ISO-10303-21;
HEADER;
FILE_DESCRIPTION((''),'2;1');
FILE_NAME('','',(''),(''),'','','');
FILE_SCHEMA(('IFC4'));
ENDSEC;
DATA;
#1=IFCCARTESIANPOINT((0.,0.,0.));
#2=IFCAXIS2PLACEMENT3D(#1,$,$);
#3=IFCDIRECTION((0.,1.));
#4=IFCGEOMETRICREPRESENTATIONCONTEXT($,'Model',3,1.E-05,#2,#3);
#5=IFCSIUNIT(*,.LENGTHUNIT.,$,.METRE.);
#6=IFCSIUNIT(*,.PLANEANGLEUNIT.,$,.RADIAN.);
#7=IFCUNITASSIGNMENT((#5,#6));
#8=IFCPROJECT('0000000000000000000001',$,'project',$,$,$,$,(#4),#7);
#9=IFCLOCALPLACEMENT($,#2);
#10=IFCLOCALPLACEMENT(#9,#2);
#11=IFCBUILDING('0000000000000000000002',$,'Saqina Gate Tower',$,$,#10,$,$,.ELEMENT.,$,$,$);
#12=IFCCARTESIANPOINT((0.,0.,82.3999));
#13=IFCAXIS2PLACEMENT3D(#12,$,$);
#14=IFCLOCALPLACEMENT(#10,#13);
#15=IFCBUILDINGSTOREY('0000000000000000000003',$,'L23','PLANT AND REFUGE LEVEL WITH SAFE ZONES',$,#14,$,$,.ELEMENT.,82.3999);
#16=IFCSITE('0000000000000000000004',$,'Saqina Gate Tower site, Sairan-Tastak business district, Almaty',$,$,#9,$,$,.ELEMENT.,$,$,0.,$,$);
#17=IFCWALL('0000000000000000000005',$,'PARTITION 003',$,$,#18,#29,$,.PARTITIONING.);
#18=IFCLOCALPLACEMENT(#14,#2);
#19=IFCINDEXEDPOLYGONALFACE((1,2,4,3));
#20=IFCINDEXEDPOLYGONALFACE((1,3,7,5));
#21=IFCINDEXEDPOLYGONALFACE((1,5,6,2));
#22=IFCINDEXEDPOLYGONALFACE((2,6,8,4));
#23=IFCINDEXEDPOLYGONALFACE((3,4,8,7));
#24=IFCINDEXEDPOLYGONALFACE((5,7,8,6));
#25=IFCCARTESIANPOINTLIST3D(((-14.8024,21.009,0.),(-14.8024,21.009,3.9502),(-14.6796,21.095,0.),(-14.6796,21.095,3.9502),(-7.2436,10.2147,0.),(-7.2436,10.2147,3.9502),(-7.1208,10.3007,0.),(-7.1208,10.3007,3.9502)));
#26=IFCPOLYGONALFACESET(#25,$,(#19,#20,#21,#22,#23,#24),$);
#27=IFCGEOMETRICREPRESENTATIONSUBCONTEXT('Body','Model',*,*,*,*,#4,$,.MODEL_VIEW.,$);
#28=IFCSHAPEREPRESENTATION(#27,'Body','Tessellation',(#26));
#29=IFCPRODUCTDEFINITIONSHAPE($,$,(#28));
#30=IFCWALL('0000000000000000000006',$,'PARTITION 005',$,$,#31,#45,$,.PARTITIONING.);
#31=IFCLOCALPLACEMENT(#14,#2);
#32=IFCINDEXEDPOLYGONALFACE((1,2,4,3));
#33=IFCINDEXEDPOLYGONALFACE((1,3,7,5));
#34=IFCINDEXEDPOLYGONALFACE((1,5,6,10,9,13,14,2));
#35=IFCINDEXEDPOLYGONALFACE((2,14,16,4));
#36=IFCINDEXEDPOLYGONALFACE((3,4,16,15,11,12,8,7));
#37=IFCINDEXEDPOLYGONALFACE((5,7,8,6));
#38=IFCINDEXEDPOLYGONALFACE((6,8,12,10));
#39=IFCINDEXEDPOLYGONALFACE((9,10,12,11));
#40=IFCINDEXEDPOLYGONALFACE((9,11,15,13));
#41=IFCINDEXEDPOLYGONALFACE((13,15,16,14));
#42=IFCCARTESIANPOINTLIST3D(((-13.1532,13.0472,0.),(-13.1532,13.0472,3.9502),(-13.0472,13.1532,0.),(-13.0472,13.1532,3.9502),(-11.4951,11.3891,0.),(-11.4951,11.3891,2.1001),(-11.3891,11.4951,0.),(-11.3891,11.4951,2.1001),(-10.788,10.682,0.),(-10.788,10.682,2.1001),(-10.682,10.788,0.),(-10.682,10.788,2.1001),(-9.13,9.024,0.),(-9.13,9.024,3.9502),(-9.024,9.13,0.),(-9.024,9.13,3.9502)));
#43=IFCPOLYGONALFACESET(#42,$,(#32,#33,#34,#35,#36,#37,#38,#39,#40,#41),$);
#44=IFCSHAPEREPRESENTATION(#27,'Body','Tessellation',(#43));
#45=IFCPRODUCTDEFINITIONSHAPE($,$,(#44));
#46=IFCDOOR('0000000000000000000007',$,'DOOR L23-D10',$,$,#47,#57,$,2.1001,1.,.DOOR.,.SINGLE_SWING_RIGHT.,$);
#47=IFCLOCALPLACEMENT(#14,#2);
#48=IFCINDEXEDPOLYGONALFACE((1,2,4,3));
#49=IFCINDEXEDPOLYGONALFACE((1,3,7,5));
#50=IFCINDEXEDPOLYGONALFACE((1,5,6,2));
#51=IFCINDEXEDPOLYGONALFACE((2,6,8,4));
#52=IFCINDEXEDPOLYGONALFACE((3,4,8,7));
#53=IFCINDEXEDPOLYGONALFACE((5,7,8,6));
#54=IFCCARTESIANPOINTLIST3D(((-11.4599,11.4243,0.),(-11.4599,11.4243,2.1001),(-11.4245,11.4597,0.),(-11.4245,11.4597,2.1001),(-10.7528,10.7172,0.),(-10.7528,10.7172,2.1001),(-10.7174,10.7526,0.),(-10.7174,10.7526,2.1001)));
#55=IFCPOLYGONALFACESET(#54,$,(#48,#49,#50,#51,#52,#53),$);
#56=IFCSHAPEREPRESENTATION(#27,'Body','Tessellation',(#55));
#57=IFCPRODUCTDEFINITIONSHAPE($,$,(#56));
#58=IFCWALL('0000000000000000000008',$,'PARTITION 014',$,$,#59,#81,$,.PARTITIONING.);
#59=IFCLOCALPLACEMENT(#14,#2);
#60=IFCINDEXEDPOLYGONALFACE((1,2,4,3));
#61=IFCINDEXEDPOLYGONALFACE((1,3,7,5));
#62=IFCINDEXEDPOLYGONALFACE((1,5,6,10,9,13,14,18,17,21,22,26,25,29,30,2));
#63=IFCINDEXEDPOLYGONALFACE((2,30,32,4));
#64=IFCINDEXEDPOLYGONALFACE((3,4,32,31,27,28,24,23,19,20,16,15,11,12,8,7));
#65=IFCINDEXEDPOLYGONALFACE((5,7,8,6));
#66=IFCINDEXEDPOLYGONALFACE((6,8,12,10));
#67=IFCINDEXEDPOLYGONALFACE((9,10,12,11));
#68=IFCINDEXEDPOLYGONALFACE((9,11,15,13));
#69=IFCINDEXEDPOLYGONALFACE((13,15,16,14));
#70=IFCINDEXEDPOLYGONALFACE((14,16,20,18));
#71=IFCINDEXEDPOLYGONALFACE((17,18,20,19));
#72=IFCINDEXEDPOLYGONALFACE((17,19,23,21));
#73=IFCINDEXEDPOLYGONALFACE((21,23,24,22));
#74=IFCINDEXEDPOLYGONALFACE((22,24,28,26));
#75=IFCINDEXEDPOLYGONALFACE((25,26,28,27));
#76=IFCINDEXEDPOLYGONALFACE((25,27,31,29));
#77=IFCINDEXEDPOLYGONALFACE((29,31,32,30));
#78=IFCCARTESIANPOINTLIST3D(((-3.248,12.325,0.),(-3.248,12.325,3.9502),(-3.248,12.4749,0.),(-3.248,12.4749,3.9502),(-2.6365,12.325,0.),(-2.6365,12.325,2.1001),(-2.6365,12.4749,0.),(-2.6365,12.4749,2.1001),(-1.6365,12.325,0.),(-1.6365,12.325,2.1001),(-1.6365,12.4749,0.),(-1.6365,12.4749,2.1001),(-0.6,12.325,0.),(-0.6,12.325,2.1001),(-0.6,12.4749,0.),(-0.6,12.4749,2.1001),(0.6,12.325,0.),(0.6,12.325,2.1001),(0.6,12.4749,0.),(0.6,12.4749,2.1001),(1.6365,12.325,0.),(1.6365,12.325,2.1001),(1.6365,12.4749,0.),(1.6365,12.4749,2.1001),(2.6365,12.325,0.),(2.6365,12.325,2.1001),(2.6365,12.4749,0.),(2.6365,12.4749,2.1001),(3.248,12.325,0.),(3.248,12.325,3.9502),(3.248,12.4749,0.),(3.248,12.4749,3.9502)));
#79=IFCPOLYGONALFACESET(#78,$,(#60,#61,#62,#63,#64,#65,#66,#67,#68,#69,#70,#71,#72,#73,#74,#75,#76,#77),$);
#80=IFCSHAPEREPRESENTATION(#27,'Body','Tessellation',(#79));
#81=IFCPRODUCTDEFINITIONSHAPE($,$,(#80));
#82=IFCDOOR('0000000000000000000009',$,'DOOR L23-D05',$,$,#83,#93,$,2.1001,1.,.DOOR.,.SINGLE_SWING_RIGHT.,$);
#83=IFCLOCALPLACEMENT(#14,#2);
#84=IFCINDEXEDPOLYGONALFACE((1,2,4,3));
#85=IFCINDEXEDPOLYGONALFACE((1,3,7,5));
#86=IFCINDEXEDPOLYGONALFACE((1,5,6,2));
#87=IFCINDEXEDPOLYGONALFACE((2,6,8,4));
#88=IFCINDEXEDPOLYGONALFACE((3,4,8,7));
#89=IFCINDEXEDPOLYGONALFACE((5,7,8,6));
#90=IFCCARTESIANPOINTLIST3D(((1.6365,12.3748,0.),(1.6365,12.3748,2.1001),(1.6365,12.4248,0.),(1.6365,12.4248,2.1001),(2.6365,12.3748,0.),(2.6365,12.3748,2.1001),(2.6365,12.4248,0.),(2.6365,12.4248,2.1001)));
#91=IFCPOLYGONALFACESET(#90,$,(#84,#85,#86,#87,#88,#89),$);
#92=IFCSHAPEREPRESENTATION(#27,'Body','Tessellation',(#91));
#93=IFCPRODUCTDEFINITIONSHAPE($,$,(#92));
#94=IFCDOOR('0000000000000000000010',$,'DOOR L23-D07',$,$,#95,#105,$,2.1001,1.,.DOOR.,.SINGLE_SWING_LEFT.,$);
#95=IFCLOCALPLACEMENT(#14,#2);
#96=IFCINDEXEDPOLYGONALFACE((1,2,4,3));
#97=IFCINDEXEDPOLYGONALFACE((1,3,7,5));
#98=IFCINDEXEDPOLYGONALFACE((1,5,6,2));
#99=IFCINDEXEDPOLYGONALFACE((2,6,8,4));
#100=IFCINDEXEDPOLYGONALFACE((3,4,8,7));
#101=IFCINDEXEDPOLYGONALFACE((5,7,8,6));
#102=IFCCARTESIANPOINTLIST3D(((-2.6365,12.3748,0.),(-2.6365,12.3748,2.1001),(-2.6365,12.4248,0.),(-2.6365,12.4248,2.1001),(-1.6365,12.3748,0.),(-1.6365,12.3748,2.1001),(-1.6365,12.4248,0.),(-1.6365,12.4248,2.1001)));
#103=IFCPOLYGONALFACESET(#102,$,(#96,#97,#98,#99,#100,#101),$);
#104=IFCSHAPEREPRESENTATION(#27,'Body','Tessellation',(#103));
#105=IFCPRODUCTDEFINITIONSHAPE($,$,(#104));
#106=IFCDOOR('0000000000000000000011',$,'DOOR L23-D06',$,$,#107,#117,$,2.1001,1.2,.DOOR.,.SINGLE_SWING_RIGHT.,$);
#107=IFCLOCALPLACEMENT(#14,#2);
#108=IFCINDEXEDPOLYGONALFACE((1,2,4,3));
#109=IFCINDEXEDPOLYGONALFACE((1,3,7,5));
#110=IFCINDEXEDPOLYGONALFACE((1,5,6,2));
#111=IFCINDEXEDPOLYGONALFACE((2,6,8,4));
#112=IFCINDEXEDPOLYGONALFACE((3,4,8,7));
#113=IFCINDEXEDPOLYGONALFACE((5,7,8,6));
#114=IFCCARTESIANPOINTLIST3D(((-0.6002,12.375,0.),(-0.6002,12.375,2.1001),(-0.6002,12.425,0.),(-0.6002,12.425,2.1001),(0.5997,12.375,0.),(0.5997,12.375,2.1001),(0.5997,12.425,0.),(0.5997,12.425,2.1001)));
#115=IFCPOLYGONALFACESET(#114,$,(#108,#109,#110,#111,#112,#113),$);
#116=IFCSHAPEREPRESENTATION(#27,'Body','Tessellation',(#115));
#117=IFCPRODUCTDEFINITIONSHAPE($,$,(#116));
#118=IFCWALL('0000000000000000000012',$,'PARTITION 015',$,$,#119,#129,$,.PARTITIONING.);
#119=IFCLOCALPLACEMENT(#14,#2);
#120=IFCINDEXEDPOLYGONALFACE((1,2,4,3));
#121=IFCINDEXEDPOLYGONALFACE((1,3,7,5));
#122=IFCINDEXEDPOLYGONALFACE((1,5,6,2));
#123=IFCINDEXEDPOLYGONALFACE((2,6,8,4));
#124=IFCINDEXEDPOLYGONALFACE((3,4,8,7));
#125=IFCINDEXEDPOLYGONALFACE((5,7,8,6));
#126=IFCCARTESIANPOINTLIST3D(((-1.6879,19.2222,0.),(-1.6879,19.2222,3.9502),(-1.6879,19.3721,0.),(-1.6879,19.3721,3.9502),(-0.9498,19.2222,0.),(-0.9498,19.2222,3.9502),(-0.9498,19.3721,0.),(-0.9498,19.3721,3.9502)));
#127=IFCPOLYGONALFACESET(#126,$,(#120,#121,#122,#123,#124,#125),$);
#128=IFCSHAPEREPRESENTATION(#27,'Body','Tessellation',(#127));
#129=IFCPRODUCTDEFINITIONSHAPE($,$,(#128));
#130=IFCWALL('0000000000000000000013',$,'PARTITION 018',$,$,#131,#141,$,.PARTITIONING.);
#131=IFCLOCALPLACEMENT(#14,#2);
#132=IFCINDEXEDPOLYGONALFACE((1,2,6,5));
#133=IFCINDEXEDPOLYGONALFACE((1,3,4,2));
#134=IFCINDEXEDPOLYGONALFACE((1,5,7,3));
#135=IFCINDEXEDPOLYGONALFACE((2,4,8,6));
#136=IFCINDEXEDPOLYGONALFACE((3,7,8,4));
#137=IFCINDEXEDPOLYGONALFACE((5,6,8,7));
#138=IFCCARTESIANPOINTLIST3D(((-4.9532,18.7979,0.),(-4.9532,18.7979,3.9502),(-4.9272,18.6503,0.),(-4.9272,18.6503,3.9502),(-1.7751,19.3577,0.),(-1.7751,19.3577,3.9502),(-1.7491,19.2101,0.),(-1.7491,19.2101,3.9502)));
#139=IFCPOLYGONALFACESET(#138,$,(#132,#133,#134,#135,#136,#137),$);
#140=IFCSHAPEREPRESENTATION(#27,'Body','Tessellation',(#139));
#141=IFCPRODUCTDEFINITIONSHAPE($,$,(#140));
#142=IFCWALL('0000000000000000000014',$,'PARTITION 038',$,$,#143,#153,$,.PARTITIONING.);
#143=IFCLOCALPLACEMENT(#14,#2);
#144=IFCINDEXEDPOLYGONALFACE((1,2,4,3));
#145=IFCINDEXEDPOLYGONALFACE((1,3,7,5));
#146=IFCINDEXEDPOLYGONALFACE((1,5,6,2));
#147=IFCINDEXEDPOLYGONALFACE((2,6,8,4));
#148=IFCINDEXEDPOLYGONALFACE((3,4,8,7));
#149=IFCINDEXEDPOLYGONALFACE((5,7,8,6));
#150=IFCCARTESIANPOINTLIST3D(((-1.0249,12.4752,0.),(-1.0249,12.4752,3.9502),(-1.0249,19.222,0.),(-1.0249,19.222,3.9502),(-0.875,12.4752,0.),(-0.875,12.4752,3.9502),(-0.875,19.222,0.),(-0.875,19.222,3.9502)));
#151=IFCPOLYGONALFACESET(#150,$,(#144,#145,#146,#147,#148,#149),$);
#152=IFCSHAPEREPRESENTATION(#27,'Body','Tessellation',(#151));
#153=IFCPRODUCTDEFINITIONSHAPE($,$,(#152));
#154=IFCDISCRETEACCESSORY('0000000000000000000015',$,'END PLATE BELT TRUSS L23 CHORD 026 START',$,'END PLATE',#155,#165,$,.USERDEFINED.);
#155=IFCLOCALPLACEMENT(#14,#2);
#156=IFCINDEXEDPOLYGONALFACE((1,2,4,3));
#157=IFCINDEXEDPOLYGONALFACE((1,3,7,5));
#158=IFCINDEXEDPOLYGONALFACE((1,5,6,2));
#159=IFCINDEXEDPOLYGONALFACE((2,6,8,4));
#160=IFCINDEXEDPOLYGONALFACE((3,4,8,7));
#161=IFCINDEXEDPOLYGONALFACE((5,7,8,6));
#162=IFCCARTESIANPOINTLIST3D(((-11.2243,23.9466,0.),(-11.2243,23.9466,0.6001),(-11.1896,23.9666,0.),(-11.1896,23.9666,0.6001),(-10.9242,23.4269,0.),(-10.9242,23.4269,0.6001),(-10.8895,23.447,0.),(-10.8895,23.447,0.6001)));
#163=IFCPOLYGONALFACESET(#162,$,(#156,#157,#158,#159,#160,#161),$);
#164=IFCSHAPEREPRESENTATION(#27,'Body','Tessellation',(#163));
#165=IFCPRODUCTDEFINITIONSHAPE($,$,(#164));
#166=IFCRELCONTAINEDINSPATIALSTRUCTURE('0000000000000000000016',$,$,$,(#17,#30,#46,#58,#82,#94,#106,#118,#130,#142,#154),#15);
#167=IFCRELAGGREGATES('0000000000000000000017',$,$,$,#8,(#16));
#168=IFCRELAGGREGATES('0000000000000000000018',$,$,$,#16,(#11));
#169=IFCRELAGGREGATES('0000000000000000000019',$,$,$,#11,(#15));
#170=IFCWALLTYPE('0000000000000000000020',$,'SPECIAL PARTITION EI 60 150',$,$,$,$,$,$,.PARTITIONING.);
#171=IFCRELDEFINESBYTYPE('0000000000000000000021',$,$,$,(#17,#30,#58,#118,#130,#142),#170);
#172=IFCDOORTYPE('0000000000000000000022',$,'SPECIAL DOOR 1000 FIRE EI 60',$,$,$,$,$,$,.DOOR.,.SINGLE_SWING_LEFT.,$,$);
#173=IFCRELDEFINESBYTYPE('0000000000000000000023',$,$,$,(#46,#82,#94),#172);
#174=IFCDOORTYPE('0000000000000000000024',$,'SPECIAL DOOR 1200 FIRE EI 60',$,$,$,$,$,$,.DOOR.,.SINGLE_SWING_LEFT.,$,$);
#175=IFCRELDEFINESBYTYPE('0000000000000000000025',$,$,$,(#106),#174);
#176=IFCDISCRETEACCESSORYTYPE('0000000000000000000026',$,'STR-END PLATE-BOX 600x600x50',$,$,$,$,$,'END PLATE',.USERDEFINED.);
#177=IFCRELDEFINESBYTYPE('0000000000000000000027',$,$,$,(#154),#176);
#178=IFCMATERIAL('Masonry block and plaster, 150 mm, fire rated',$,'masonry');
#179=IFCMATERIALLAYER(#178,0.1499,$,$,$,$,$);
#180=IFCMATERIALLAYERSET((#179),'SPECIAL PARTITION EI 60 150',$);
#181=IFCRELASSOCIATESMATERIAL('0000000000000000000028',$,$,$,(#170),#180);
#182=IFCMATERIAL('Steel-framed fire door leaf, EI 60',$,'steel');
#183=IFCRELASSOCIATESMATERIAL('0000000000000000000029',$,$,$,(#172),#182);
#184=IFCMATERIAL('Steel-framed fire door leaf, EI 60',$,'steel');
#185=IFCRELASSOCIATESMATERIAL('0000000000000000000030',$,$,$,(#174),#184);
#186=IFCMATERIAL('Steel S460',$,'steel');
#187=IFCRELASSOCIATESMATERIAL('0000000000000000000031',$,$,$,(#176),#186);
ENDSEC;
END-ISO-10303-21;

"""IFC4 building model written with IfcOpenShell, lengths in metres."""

from ifc_helpers import new_model, si_unit, direction, frame, frame_2d, origin, origin_2d, place, context, subcontext, project, spatial, rectangle, extrude, material, layer, layer_set, material_profile, profile_set, type_object, element, fill, save


model = new_model("IFC4")

# Units and contexts
model_context = context("Model", 3, precision=1e-05, world=origin(), true_north=direction((0.0, 1.0)))
body_context = subcontext(model_context, "Body", "Model", "MODEL_VIEW")
ifc_project = project(units=[si_unit("LENGTHUNIT", "METRE"), si_unit("PLANEANGLEUNIT", "RADIAN")], contexts=[model_context])

# Site, building, storey
site_placement = place(None, origin())
site = spatial("IfcSite", under=ifc_project, at=site_placement, Name="Saqina Gate Tower site, Sairan-Tastak business district, Almaty", CompositionType="ELEMENT", RefElevation=0.0)
building_placement = place(site_placement, origin())
building = spatial("IfcBuilding", under=site, at=building_placement, Name="Saqina Gate Tower", CompositionType="ELEMENT")
storey_placement = place(building_placement, frame((0.0, 0.0, 82.3999)))
storey = spatial("IfcBuildingStorey", under=building, at=storey_placement, Name="L23", Description="PLANT AND REFUGE LEVEL WITH SAFE ZONES", CompositionType="ELEMENT", Elevation=82.3999)

# Wall
ifc_material_1 = material(Name="Masonry block and plaster, 150 mm, fire rated", Category="masonry")
ifc_layer = layer(ifc_material_1, 0.1499)
ifc_layer_set = layer_set([ifc_layer], Name="SPECIAL PARTITION EI 60 150")
wall_type = type_object("IfcWallType", Name="SPECIAL PARTITION EI 60 150", PredefinedType="PARTITIONING", material=ifc_layer_set)
wall_1_placement = place(storey_placement, frame((-14.741, 21.052, 0.0), z_axis=(0.0, 0.0, 1.0), x_axis=(0.573602, -0.819134, 0.0)))
element("IfcWall", 1, at=wall_1_placement, inside=storey, type_object=wall_type, Name="PARTITION 003", PredefinedType="PARTITIONING", context=body_context, shape_type="SweptSolid", body=[
    extrude(rectangle(XDim=13.1777, YDim=0.1499, at=frame_2d((6.5889, 0.0))), origin(), (0.0, 0.0, 1.0), 3.9502),
])

# Wall, opening, door
wall_2_placement = place(storey_placement, frame((-13.1001, 13.1001, 0.0), z_axis=(0.0, 0.0, 1.0), x_axis=(0.707107, -0.707107, 0.0)))
wall_2 = element("IfcWall", 2, at=wall_2_placement, inside=storey, type_object=wall_type, Name="PARTITION 005", PredefinedType="PARTITIONING", context=body_context, shape_type="SweptSolid", body=[
    extrude(rectangle(XDim=5.6897, YDim=0.1499, at=frame_2d((2.8447, 0.0))), origin(), (0.0, 0.0, 1.0), 3.9502),
])
opening_1_placement = place(wall_2_placement, frame((2.3447, 0.0, 0.0)))
opening_1 = element("IfcOpeningElement", 3, at=opening_1_placement, cuts=wall_2, PredefinedType="OPENING", context=body_context, shape_type="SweptSolid", body=[
    extrude(rectangle(XDim=1.0, YDim=2.1001, at=frame_2d((0.5, 1.05))), frame((0.0, 0.0869, 0.0), z_axis=(0.0, -1.0, 0.0), x_axis=(1.0, 0.0, 0.0)), (0.0, 0.0, 1.0), 0.1738),
])
ifc_material_2 = material(Name="Steel-framed fire door leaf, EI 60", Category="steel")
door_type_1 = type_object("IfcDoorType", Name="SPECIAL DOOR 1000 FIRE EI 60", OperationType="SINGLE_SWING_LEFT", PredefinedType="DOOR", material=ifc_material_2)
door_1_placement = place(opening_1_placement, origin())
door_1 = element("IfcDoor", 4, at=door_1_placement, inside=storey, type_object=door_type_1, Name="DOOR L23-D10", OperationType="SINGLE_SWING_RIGHT", OverallHeight=2.1001, OverallWidth=1.0, PredefinedType="DOOR", context=body_context, shape_type="SweptSolid", body=[
    extrude(rectangle(XDim=1.0, YDim=2.1001, at=frame_2d((0.5, 1.05))), frame((0.0, 0.0249, 0.0), z_axis=(0.0, -1.0, 0.0), x_axis=(1.0, 0.0, 0.0)), (0.0, 0.0, 1.0), 0.05),
])
fill(opening_1, door_1)

# Wall, openings, doors
wall_3_placement = place(storey_placement, frame((-3.248, 12.3999, 0.0), z_axis=(0.0, 0.0, 1.0), x_axis=(1.0, 0.0, 0.0)))
wall_3 = element("IfcWall", 5, at=wall_3_placement, inside=storey, type_object=wall_type, Name="PARTITION 014", PredefinedType="PARTITIONING", context=body_context, shape_type="SweptSolid", body=[
    extrude(rectangle(XDim=6.4961, YDim=0.1499, at=frame_2d((3.248, 0.0))), origin(), (0.0, 0.0, 1.0), 3.9502),
])
opening_2_placement = place(wall_3_placement, frame((4.8845, 0.0, 0.0)))
opening_2 = element("IfcOpeningElement", 6, at=opening_2_placement, cuts=wall_3, PredefinedType="OPENING", context=body_context, shape_type="SweptSolid", body=[
    extrude(rectangle(XDim=1.0, YDim=2.1001, at=frame_2d((0.5, 1.05))), frame((0.0, 0.0869, 0.0), z_axis=(0.0, -1.0, 0.0), x_axis=(1.0, 0.0, 0.0)), (0.0, 0.0, 1.0), 0.1738),
])
opening_3_placement = place(wall_3_placement, frame((2.6479, 0.0, 0.0)))
opening_3 = element("IfcOpeningElement", 7, at=opening_3_placement, cuts=wall_3, PredefinedType="OPENING", context=body_context, shape_type="SweptSolid", body=[
    extrude(rectangle(XDim=1.2, YDim=2.1001, at=frame_2d((0.6001, 1.05))), frame((0.0, 0.0869, 0.0), z_axis=(0.0, -1.0, 0.0), x_axis=(1.0, 0.0, 0.0)), (0.0, 0.0, 1.0), 0.1738),
])
opening_4_placement = place(wall_3_placement, frame((0.6116, 0.0, 0.0)))
opening_4 = element("IfcOpeningElement", 8, at=opening_4_placement, cuts=wall_3, PredefinedType="OPENING", context=body_context, shape_type="SweptSolid", body=[
    extrude(rectangle(XDim=1.0, YDim=2.1001, at=frame_2d((0.5, 1.05))), frame((0.0, 0.0869, 0.0), z_axis=(0.0, -1.0, 0.0), x_axis=(1.0, 0.0, 0.0)), (0.0, 0.0, 1.0), 0.1738),
])
door_2_placement = place(opening_2_placement, origin())
door_2 = element("IfcDoor", 9, at=door_2_placement, inside=storey, type_object=door_type_1, Name="DOOR L23-D05", OperationType="SINGLE_SWING_RIGHT", OverallHeight=2.1001, OverallWidth=1.0, PredefinedType="DOOR", context=body_context, shape_type="SweptSolid", body=[
    extrude(rectangle(XDim=1.0, YDim=2.1001, at=frame_2d((0.5, 1.05))), frame((0.0, 0.0249, 0.0), z_axis=(0.0, -1.0, 0.0), x_axis=(1.0, 0.0, 0.0)), (0.0, 0.0, 1.0), 0.05),
])
fill(opening_2, door_2)
door_3_placement = place(opening_4_placement, origin())
door_3 = element("IfcDoor", 10, at=door_3_placement, inside=storey, type_object=door_type_1, Name="DOOR L23-D07", OperationType="SINGLE_SWING_LEFT", OverallHeight=2.1001, OverallWidth=1.0, PredefinedType="DOOR", context=body_context, shape_type="SweptSolid", body=[
    extrude(rectangle(XDim=1.0, YDim=2.1001, at=frame_2d((0.5, 1.05))), frame((0.0, 0.0249, 0.0), z_axis=(0.0, -1.0, 0.0), x_axis=(1.0, 0.0, 0.0)), (0.0, 0.0, 1.0), 0.05),
])
fill(opening_4, door_3)
ifc_material_3 = material(Name="Steel-framed fire door leaf, EI 60", Category="steel")
door_type_2 = type_object("IfcDoorType", Name="SPECIAL DOOR 1200 FIRE EI 60", OperationType="SINGLE_SWING_LEFT", PredefinedType="DOOR", material=ifc_material_3)
door_4_placement = place(opening_3_placement, frame((1.2, 0.0, 0.0), z_axis=(0.0, 0.0, 1.0), x_axis=(-1.0, 0.0, 0.0)))
door_4 = element("IfcDoor", 11, at=door_4_placement, inside=storey, type_object=door_type_2, Name="DOOR L23-D06", OperationType="SINGLE_SWING_RIGHT", OverallHeight=2.1001, OverallWidth=1.2, PredefinedType="DOOR", context=body_context, shape_type="SweptSolid", body=[
    extrude(rectangle(XDim=1.2, YDim=2.1001, at=frame_2d((0.6001, 1.05))), frame((0.0, 0.0249, 0.0), z_axis=(0.0, -1.0, 0.0), x_axis=(1.0, 0.0, 0.0)), (0.0, 0.0, 1.0), 0.05),
])
fill(opening_3, door_4)

# Walls
wall_4_placement = place(storey_placement, frame((-1.688, 19.2971, 0.0), z_axis=(0.0, 0.0, 1.0), x_axis=(1.0, 0.0, 0.0)))
element("IfcWall", 12, at=wall_4_placement, inside=storey, type_object=wall_type, Name="PARTITION 015", PredefinedType="PARTITIONING", context=body_context, shape_type="SweptSolid", body=[
    extrude(rectangle(XDim=0.738, YDim=0.1499, at=frame_2d((0.3691, 0.0))), origin(), (0.0, 0.0, 1.0), 3.9502),
])
wall_5_placement = place(storey_placement, frame((-4.9402, 18.7241, 0.0), z_axis=(0.0, 0.0, 1.0), x_axis=(0.984839, 0.17347, 0.0)))
element("IfcWall", 13, at=wall_5_placement, inside=storey, type_object=wall_type, Name="PARTITION 018", PredefinedType="PARTITIONING", context=body_context, shape_type="SweptSolid", body=[
    extrude(rectangle(XDim=3.2271, YDim=0.1499, at=frame_2d((1.6135, 0.0))), origin(), (0.0, 0.0, 1.0), 3.9502),
])
wall_6_placement = place(storey_placement, frame((-0.95, 12.4751, 0.0), z_axis=(0.0, 0.0, 1.0), x_axis=(0.0, 1.0, 0.0)))
element("IfcWall", 14, at=wall_6_placement, inside=storey, type_object=wall_type, Name="PARTITION 038", PredefinedType="PARTITIONING", context=body_context, shape_type="SweptSolid", body=[
    extrude(rectangle(XDim=6.7468, YDim=0.1499, at=frame_2d((3.3735, 0.0))), origin(), (0.0, 0.0, 1.0), 3.9502),
])

# Discrete accessory
ifc_material_4 = material(Name="Steel S460", Category="steel")
ifc_material_profile_1 = material_profile(ifc_material_4, rectangle(XDim=0.6001, YDim=0.6001, at=origin_2d()), Name="STR-END PLATE-BOX 600x600x50")
ifc_profile_set_1 = profile_set([ifc_material_profile_1], Name="Steel S460")
discrete_accessory_type = type_object("IfcDiscreteAccessoryType", Name="STR-END PLATE-BOX 600x600x50", ElementType="END PLATE", PredefinedType="USERDEFINED", material=ifc_profile_set_1)
discrete_accessory_placement = place(storey_placement, frame((-11.0742, 23.6868, 0.3), z_axis=(0.865982, 0.500074, 0.0), x_axis=(0.500074, -0.865982, 0.0)))
element("IfcDiscreteAccessory", 15, at=discrete_accessory_placement, inside=storey, type_object=discrete_accessory_type, Name="END PLATE BELT TRUSS L23 CHORD 026 START", ObjectType="END PLATE", PredefinedType="USERDEFINED", context=body_context, shape_type="SweptSolid", body=[
    extrude(rectangle(XDim=0.6001, YDim=0.6001, at=origin_2d()), origin(), (0.0, 0.0, 1.0), 0.04),
])

save(model, "model.ifc")
